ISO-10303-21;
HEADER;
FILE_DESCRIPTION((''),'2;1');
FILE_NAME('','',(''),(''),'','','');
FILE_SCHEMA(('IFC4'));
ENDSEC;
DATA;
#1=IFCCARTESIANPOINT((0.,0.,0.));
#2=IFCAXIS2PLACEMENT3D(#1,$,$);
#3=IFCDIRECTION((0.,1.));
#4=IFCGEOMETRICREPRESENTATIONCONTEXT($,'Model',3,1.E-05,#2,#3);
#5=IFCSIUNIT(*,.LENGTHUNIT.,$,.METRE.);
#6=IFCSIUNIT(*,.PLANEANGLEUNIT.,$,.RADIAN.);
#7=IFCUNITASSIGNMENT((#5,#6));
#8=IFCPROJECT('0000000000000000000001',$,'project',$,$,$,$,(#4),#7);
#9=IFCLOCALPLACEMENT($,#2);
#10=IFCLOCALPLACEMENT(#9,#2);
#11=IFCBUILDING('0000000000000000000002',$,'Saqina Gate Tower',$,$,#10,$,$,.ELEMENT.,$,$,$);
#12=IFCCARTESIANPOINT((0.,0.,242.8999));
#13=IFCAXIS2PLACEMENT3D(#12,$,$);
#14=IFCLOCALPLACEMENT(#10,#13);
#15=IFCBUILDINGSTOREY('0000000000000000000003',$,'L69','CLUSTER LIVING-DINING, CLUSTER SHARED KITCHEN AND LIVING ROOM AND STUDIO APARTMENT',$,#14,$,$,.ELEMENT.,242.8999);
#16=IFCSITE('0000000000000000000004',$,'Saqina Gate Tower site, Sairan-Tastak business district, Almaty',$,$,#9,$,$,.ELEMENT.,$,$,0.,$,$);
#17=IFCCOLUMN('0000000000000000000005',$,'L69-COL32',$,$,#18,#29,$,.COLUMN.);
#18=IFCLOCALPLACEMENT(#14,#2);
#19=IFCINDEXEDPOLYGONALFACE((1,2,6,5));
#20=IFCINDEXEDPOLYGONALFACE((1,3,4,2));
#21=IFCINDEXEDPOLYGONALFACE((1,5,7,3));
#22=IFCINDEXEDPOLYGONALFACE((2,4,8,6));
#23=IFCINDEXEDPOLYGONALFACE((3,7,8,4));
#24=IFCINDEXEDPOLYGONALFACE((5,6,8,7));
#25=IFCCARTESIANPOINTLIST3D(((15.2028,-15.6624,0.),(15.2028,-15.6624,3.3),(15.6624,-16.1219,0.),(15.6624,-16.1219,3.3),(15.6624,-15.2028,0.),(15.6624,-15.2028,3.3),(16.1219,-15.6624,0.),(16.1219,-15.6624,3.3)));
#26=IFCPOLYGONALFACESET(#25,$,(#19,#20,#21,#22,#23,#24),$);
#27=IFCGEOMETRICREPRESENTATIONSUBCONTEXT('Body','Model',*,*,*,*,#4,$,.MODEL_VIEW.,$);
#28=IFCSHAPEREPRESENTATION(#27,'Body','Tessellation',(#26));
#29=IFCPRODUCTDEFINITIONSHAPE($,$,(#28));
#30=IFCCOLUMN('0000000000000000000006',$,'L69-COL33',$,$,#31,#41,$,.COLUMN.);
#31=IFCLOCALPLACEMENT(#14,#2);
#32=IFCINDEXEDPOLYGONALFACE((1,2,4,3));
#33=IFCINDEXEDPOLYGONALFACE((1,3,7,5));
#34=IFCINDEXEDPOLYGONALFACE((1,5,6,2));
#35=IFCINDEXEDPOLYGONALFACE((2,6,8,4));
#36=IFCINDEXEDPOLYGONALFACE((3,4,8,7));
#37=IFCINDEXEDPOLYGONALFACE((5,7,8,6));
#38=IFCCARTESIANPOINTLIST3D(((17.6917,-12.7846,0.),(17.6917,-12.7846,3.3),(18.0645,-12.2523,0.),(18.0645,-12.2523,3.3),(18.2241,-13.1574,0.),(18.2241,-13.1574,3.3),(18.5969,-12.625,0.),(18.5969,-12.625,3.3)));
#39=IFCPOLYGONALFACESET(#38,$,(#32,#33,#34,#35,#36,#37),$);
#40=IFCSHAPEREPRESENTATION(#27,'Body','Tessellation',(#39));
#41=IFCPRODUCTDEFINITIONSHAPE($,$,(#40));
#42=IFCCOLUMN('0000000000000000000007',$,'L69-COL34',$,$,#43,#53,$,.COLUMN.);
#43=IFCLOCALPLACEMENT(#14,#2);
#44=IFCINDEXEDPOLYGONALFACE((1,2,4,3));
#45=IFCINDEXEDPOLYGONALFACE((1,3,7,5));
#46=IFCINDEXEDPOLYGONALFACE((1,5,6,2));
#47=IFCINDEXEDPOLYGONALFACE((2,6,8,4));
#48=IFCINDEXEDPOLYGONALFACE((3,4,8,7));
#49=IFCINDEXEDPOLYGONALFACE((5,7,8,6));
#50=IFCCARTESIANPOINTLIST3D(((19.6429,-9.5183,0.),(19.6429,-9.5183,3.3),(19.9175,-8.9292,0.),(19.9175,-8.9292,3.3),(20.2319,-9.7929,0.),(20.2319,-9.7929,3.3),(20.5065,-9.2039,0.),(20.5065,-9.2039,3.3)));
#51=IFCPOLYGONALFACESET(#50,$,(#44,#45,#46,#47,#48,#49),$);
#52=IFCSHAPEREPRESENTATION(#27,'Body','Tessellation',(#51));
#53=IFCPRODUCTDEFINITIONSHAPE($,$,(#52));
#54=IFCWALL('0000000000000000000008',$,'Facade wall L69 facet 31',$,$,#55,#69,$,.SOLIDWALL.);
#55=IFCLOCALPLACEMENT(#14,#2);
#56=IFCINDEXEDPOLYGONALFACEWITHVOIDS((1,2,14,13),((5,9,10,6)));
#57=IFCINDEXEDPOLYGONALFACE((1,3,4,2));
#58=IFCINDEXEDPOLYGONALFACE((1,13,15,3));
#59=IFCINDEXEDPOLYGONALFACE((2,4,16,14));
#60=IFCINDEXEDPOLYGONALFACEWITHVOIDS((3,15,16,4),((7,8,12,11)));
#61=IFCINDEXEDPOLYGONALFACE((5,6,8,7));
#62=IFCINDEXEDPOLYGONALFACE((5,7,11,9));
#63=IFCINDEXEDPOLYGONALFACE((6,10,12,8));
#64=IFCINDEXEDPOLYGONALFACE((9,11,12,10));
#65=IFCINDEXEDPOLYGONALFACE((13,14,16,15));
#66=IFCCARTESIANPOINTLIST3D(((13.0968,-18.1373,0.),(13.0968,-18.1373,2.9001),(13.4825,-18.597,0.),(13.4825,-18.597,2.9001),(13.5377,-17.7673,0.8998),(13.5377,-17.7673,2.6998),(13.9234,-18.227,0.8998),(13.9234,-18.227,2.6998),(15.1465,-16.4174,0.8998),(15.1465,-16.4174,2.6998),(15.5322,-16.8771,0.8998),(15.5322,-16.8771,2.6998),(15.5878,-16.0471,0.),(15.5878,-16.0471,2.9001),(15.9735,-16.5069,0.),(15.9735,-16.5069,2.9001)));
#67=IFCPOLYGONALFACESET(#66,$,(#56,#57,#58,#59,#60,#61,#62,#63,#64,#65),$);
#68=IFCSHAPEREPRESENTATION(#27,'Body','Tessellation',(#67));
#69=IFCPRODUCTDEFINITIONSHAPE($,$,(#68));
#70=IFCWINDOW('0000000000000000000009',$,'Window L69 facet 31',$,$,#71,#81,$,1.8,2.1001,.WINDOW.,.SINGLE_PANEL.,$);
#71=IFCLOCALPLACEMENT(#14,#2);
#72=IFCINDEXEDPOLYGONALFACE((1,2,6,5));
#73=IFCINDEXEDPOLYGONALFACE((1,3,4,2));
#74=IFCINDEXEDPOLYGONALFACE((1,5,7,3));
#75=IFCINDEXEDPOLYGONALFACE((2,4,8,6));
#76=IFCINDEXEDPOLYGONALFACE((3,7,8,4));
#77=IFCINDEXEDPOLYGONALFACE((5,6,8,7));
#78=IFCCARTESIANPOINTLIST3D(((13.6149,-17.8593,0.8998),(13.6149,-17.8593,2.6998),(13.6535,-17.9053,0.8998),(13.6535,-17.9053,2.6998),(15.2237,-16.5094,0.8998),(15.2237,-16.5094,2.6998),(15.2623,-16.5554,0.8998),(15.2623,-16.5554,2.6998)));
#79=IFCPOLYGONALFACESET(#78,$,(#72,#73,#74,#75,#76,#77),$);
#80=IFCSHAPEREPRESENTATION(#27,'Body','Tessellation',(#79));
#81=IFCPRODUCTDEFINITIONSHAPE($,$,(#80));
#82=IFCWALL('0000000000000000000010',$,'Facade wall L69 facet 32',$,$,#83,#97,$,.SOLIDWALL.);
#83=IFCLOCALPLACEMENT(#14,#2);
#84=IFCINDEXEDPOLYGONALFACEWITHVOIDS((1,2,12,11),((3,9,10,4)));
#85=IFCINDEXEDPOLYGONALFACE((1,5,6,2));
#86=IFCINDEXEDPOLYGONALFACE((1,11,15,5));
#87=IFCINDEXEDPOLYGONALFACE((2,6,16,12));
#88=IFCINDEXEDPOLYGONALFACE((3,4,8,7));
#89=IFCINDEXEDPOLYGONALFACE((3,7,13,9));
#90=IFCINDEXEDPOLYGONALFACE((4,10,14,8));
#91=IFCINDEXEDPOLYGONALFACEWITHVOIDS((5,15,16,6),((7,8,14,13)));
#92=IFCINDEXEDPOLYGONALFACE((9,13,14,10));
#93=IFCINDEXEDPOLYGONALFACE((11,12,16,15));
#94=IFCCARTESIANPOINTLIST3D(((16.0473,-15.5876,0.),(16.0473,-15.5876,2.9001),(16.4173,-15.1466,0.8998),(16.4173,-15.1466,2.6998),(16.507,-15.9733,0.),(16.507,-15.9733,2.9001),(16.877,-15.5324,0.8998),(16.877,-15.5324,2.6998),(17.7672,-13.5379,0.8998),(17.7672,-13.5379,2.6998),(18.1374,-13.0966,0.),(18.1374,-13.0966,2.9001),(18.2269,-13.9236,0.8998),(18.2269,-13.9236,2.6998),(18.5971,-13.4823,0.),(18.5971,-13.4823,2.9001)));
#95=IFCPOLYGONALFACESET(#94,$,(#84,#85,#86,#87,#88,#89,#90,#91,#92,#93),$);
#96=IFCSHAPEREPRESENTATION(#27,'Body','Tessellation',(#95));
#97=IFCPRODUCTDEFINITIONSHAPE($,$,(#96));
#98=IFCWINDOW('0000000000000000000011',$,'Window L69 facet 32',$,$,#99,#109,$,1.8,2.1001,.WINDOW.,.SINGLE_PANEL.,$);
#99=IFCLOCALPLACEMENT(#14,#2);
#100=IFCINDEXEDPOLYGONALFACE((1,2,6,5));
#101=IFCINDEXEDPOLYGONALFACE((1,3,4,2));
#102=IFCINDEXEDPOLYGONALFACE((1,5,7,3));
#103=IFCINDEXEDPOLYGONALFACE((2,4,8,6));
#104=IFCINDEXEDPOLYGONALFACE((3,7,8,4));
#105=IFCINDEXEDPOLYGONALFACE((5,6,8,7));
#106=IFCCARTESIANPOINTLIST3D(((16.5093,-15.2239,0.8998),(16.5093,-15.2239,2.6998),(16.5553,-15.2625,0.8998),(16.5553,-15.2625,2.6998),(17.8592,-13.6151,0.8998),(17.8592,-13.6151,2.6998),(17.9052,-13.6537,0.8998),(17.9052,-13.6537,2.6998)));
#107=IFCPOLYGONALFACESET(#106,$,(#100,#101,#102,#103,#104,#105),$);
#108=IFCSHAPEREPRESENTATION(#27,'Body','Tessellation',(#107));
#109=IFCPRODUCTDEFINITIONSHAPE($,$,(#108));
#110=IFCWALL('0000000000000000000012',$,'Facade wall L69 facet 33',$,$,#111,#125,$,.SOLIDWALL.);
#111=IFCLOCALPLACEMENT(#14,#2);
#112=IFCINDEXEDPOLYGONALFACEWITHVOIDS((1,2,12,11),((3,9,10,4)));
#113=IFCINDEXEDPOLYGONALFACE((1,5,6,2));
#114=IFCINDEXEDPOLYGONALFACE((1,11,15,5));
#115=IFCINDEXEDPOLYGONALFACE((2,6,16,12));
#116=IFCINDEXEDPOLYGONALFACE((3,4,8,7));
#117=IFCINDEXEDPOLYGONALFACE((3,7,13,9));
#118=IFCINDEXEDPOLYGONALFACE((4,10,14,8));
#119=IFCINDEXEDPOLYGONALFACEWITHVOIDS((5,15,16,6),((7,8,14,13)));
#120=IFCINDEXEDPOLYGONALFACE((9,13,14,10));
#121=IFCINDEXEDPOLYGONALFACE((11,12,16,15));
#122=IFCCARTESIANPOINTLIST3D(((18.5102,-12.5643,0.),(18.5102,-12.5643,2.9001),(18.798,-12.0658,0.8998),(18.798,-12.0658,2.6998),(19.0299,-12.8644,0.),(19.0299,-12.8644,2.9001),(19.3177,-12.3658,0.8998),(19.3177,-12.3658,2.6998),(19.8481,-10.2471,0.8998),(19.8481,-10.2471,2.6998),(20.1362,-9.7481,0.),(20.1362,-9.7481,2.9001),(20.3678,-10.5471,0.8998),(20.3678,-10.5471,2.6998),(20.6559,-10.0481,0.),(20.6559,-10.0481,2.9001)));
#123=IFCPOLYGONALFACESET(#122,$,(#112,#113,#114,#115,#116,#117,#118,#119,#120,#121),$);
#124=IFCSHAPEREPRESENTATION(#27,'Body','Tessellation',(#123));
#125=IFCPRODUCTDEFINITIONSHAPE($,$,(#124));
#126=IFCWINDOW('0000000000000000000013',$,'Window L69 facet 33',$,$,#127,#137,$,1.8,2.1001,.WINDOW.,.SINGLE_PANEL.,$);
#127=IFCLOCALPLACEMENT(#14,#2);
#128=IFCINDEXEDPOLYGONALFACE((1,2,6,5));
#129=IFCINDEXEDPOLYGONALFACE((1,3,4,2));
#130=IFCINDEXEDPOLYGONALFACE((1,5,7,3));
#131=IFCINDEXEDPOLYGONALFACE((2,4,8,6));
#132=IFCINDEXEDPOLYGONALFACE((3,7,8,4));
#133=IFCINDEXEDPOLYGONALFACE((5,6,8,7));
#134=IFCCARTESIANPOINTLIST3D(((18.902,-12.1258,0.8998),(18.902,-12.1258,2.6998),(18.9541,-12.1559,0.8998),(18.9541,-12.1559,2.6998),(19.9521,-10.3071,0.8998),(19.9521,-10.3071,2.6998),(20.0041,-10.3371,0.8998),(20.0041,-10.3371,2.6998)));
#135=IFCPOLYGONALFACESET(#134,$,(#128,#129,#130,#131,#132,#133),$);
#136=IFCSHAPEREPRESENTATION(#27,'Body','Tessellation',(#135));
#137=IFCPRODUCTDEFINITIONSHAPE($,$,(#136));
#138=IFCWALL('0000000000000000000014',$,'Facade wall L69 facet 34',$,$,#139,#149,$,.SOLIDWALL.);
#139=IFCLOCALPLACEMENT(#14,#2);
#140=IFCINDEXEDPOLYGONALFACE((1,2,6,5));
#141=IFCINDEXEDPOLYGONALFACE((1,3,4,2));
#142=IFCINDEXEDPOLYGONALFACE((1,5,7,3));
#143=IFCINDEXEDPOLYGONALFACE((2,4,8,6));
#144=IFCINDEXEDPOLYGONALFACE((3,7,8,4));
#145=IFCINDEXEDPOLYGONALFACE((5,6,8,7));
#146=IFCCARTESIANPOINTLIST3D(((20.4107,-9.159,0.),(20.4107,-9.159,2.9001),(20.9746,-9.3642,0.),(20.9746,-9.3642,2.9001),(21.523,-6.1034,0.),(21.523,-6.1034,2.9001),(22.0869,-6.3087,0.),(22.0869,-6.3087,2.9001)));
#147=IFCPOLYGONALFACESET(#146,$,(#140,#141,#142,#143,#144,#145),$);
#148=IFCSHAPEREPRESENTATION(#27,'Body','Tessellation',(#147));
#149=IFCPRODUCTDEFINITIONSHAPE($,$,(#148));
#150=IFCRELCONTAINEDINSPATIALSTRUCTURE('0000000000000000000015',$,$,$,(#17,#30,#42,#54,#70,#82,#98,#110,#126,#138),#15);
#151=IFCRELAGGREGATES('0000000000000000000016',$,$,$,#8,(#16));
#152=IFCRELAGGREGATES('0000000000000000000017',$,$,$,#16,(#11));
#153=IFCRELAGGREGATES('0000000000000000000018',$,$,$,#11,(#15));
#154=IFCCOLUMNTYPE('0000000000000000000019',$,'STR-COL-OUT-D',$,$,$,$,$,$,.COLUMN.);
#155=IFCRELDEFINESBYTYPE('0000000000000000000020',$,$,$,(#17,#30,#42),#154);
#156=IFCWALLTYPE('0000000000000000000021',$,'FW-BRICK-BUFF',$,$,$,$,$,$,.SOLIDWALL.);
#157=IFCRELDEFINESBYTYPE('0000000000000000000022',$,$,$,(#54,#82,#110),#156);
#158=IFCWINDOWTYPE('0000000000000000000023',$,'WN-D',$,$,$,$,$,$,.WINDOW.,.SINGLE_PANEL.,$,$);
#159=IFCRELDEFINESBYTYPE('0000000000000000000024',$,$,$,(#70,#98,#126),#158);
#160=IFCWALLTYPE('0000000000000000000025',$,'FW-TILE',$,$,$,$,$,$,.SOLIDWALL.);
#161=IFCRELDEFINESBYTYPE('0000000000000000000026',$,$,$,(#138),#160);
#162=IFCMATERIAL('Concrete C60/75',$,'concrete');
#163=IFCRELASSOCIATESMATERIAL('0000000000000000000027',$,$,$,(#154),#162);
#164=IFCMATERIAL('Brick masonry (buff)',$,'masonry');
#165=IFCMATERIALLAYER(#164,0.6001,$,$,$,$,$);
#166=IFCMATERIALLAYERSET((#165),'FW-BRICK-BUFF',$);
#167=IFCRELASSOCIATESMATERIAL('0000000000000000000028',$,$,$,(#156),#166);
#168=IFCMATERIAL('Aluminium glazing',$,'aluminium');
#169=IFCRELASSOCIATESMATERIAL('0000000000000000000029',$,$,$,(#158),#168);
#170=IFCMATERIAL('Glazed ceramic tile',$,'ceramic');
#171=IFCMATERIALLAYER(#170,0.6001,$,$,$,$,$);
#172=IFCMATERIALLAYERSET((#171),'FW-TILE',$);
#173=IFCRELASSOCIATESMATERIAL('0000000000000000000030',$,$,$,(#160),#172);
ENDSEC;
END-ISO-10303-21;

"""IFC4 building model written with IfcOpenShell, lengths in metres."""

from ifc_helpers import new_model, si_unit, direction, frame, frame_2d, origin, origin_2d, place, context, subcontext, project, spatial, rectangle, extrude, material, layer, layer_set, material_profile, profile_set, type_object, element, fill, save


model = new_model("IFC4")

# Units and contexts
model_context = context("Model", 3, precision=1e-05, world=origin(), true_north=direction((0.0, 1.0)))
body_context = subcontext(model_context, "Body", "Model", "MODEL_VIEW")
ifc_project = project(units=[si_unit("LENGTHUNIT", "METRE"), si_unit("PLANEANGLEUNIT", "RADIAN")], contexts=[model_context])

# Site, building, storey
site_placement = place(None, origin())
site = spatial("IfcSite", under=ifc_project, at=site_placement, Name="Saqina Gate Tower site, Sairan-Tastak business district, Almaty", CompositionType="ELEMENT", RefElevation=0.0)
building_placement = place(site_placement, origin())
building = spatial("IfcBuilding", under=site, at=building_placement, Name="Saqina Gate Tower", CompositionType="ELEMENT")
storey_placement = place(building_placement, frame((0.0, 0.0, 242.8999)))
storey = spatial("IfcBuildingStorey", under=building, at=storey_placement, Name="L69", Description="CLUSTER LIVING-DINING, CLUSTER SHARED KITCHEN AND LIVING ROOM AND STUDIO APARTMENT", CompositionType="ELEMENT", Elevation=242.8999)

# Columns
ifc_material_1 = material(Name="Concrete C60/75", Category="concrete")
ifc_material_profile = material_profile(ifc_material_1, rectangle(XDim=0.6499, YDim=0.6499, at=origin_2d()), Name="RC 650x650")
ifc_profile_set = profile_set([ifc_material_profile], Name="Concrete C60/75")
column_type = type_object("IfcColumnType", Name="STR-COL-OUT-D", PredefinedType="COLUMN", material=ifc_profile_set)
for number, where, z_axis, x_axis, name in (
    (1, (15.6624, -15.6624, 0.0), (0.0, 0.0, 1.0), (0.707107, -0.707107, 0.0), "L69-COL32"),
    (2, (18.1443, -12.7048, 0.0), (0.0, 0.0, 1.0), (0.819152, -0.573576, 0.0), "L69-COL33"),
    (3, (20.0747, -9.3611, 0.0), (0.0, 0.0, 1.0), (0.906308, -0.422618, 0.0), "L69-COL34"),
):
    element("IfcColumn", number, at=place(storey_placement, frame(where, z_axis=z_axis, x_axis=x_axis)), inside=storey, type_object=column_type, Name=name, PredefinedType="COLUMN", context=body_context, shape_type="SweptSolid", body=[
        extrude(rectangle(XDim=0.6499, YDim=0.6499, at=origin_2d()), origin(), (0.0, 0.0, 1.0), 3.3),
    ])

# Walls, openings, windows
ifc_material_2 = material(Name="Brick masonry (buff)", Category="masonry")
ifc_layer_1 = layer(ifc_material_2, 0.6001)
ifc_layer_set_1 = layer_set([ifc_layer_1], Name="FW-BRICK-BUFF")
wall_type_1 = type_object("IfcWallType", Name="FW-BRICK-BUFF", PredefinedType="SOLIDWALL", material=ifc_layer_set_1)
wall_1_placement = place(storey_placement, frame((13.2896, -18.3672, 0.0), z_axis=(0.0, 0.0, 1.0), x_axis=(0.766057, 0.642773, 0.0)))
wall_1 = element("IfcWall", 4, at=wall_1_placement, inside=storey, type_object=wall_type_1, Name="Facade wall L69 facet 31", PredefinedType="SOLIDWALL", context=body_context, shape_type="SweptSolid", body=[
    extrude(rectangle(XDim=3.2517, YDim=0.6001, at=frame_2d((1.626, 0.0))), origin(), (0.0, 0.0, 1.0), 2.9001),
])
opening_1_placement = place(wall_1_placement, frame((0.5757, 0.0, 0.8999)))
opening_1 = element("IfcOpeningElement", 5, at=opening_1_placement, cuts=wall_1, PredefinedType="OPENING", context=body_context, shape_type="SweptSolid", body=[
    extrude(rectangle(XDim=2.1001, YDim=1.8, at=frame_2d((1.05, 0.8999))), frame((0.0, 0.312, 0.0), z_axis=(0.0, -1.0, 0.0), x_axis=(1.0, 0.0, 0.0)), (0.0, 0.0, 1.0), 0.624),
])
ifc_material_3 = material(Name="Aluminium glazing", Category="aluminium")
window_type = type_object("IfcWindowType", Name="WN-D", PartitioningType="SINGLE_PANEL", PredefinedType="WINDOW", material=ifc_material_3)
window_1_placement = place(opening_1_placement, origin())
window_1 = element("IfcWindow", 6, at=window_1_placement, inside=storey, type_object=window_type, Name="Window L69 facet 31", OverallHeight=1.8, OverallWidth=2.1001, PartitioningType="SINGLE_PANEL", PredefinedType="WINDOW", context=body_context, shape_type="SweptSolid", body=[
    extrude(rectangle(XDim=2.1001, YDim=1.8, at=frame_2d((1.05, 0.8999))), frame((0.0, 0.1799, 0.0), z_axis=(0.0, -1.0, 0.0), x_axis=(1.0, 0.0, 0.0)), (0.0, 0.0, 1.0), 0.0601),
])
fill(opening_1, window_1)
wall_2_placement = place(storey_placement, frame((16.2771, -15.7805, 0.0), z_axis=(0.0, 0.0, 1.0), x_axis=(0.642773, 0.766057, 0.0)))
wall_2 = element("IfcWall", 7, at=wall_2_placement, inside=storey, type_object=wall_type_1, Name="Facade wall L69 facet 32", PredefinedType="SOLIDWALL", context=body_context, shape_type="SweptSolid", body=[
    extrude(rectangle(XDim=3.2517, YDim=0.6001, at=frame_2d((1.626, 0.0))), origin(), (0.0, 0.0, 1.0), 2.9001),
])
opening_2_placement = place(wall_2_placement, frame((0.5757, 0.0, 0.8999)))
opening_2 = element("IfcOpeningElement", 8, at=opening_2_placement, cuts=wall_2, PredefinedType="OPENING", context=body_context, shape_type="SweptSolid", body=[
    extrude(rectangle(XDim=2.1001, YDim=1.8, at=frame_2d((1.05, 0.8999))), frame((0.0, 0.312, 0.0), z_axis=(0.0, -1.0, 0.0), x_axis=(1.0, 0.0, 0.0)), (0.0, 0.0, 1.0), 0.624),
])
window_2_placement = place(opening_2_placement, origin())
window_2 = element("IfcWindow", 9, at=window_2_placement, inside=storey, type_object=window_type, Name="Window L69 facet 32", OverallHeight=1.8, OverallWidth=2.1001, PartitioningType="SINGLE_PANEL", PredefinedType="WINDOW", context=body_context, shape_type="SweptSolid", body=[
    extrude(rectangle(XDim=2.1001, YDim=1.8, at=frame_2d((1.05, 0.8999))), frame((0.0, 0.1799, 0.0), z_axis=(0.0, -1.0, 0.0), x_axis=(1.0, 0.0, 0.0)), (0.0, 0.0, 1.0), 0.0601),
])
fill(opening_2, window_2)
wall_3_placement = place(storey_placement, frame((18.77, -12.7144, 0.0), z_axis=(0.0, 0.0, 1.0), x_axis=(0.500015, 0.866017, 0.0)))
wall_3 = element("IfcWall", 10, at=wall_3_placement, inside=storey, type_object=wall_type_1, Name="Facade wall L69 facet 33", PredefinedType="SOLIDWALL", context=body_context, shape_type="SweptSolid", body=[
    extrude(rectangle(XDim=3.252, YDim=0.6001, at=frame_2d((1.626, 0.0))), origin(), (0.0, 0.0, 1.0), 2.9001),
])
opening_3_placement = place(wall_3_placement, frame((0.5757, 0.0, 0.8999)))
opening_3 = element("IfcOpeningElement", 11, at=opening_3_placement, cuts=wall_3, PredefinedType="OPENING", context=body_context, shape_type="SweptSolid", body=[
    extrude(rectangle(XDim=2.1001, YDim=1.8, at=frame_2d((1.05, 0.8999))), frame((0.0, 0.312, 0.0), z_axis=(0.0, -1.0, 0.0), x_axis=(1.0, 0.0, 0.0)), (0.0, 0.0, 1.0), 0.624),
])
window_3_placement = place(opening_3_placement, origin())
window_3 = element("IfcWindow", 12, at=window_3_placement, inside=storey, type_object=window_type, Name="Window L69 facet 33", OverallHeight=1.8, OverallWidth=2.1001, PartitioningType="SINGLE_PANEL", PredefinedType="WINDOW", context=body_context, shape_type="SweptSolid", body=[
    extrude(rectangle(XDim=2.1001, YDim=1.8, at=frame_2d((1.05, 0.8999))), frame((0.0, 0.1799, 0.0), z_axis=(0.0, -1.0, 0.0), x_axis=(1.0, 0.0, 0.0)), (0.0, 0.0, 1.0), 0.0601),
])
fill(opening_3, window_3)

# Wall
ifc_material_4 = material(Name="Glazed ceramic tile", Category="ceramic")
ifc_layer_2 = layer(ifc_material_4, 0.6001)
ifc_layer_set_2 = layer_set([ifc_layer_2], Name="FW-TILE")
wall_type_2 = type_object("IfcWallType", Name="FW-TILE", PredefinedType="SOLIDWALL", material=ifc_layer_set_2)
wall_4_placement = place(storey_placement, frame((20.6926, -9.2617, 0.0), z_axis=(0.0, 0.0, 1.0), x_axis=(0.342057, 0.939679, 0.0)))
element("IfcWall", 13, at=wall_4_placement, inside=storey, type_object=wall_type_2, Name="Facade wall L69 facet 34", PredefinedType="SOLIDWALL", context=body_context, shape_type="SweptSolid", body=[
    extrude(rectangle(XDim=3.2517, YDim=0.6001, at=frame_2d((1.626, 0.0))), origin(), (0.0, 0.0, 1.0), 2.9001),
])

save(model, "model.ifc")
